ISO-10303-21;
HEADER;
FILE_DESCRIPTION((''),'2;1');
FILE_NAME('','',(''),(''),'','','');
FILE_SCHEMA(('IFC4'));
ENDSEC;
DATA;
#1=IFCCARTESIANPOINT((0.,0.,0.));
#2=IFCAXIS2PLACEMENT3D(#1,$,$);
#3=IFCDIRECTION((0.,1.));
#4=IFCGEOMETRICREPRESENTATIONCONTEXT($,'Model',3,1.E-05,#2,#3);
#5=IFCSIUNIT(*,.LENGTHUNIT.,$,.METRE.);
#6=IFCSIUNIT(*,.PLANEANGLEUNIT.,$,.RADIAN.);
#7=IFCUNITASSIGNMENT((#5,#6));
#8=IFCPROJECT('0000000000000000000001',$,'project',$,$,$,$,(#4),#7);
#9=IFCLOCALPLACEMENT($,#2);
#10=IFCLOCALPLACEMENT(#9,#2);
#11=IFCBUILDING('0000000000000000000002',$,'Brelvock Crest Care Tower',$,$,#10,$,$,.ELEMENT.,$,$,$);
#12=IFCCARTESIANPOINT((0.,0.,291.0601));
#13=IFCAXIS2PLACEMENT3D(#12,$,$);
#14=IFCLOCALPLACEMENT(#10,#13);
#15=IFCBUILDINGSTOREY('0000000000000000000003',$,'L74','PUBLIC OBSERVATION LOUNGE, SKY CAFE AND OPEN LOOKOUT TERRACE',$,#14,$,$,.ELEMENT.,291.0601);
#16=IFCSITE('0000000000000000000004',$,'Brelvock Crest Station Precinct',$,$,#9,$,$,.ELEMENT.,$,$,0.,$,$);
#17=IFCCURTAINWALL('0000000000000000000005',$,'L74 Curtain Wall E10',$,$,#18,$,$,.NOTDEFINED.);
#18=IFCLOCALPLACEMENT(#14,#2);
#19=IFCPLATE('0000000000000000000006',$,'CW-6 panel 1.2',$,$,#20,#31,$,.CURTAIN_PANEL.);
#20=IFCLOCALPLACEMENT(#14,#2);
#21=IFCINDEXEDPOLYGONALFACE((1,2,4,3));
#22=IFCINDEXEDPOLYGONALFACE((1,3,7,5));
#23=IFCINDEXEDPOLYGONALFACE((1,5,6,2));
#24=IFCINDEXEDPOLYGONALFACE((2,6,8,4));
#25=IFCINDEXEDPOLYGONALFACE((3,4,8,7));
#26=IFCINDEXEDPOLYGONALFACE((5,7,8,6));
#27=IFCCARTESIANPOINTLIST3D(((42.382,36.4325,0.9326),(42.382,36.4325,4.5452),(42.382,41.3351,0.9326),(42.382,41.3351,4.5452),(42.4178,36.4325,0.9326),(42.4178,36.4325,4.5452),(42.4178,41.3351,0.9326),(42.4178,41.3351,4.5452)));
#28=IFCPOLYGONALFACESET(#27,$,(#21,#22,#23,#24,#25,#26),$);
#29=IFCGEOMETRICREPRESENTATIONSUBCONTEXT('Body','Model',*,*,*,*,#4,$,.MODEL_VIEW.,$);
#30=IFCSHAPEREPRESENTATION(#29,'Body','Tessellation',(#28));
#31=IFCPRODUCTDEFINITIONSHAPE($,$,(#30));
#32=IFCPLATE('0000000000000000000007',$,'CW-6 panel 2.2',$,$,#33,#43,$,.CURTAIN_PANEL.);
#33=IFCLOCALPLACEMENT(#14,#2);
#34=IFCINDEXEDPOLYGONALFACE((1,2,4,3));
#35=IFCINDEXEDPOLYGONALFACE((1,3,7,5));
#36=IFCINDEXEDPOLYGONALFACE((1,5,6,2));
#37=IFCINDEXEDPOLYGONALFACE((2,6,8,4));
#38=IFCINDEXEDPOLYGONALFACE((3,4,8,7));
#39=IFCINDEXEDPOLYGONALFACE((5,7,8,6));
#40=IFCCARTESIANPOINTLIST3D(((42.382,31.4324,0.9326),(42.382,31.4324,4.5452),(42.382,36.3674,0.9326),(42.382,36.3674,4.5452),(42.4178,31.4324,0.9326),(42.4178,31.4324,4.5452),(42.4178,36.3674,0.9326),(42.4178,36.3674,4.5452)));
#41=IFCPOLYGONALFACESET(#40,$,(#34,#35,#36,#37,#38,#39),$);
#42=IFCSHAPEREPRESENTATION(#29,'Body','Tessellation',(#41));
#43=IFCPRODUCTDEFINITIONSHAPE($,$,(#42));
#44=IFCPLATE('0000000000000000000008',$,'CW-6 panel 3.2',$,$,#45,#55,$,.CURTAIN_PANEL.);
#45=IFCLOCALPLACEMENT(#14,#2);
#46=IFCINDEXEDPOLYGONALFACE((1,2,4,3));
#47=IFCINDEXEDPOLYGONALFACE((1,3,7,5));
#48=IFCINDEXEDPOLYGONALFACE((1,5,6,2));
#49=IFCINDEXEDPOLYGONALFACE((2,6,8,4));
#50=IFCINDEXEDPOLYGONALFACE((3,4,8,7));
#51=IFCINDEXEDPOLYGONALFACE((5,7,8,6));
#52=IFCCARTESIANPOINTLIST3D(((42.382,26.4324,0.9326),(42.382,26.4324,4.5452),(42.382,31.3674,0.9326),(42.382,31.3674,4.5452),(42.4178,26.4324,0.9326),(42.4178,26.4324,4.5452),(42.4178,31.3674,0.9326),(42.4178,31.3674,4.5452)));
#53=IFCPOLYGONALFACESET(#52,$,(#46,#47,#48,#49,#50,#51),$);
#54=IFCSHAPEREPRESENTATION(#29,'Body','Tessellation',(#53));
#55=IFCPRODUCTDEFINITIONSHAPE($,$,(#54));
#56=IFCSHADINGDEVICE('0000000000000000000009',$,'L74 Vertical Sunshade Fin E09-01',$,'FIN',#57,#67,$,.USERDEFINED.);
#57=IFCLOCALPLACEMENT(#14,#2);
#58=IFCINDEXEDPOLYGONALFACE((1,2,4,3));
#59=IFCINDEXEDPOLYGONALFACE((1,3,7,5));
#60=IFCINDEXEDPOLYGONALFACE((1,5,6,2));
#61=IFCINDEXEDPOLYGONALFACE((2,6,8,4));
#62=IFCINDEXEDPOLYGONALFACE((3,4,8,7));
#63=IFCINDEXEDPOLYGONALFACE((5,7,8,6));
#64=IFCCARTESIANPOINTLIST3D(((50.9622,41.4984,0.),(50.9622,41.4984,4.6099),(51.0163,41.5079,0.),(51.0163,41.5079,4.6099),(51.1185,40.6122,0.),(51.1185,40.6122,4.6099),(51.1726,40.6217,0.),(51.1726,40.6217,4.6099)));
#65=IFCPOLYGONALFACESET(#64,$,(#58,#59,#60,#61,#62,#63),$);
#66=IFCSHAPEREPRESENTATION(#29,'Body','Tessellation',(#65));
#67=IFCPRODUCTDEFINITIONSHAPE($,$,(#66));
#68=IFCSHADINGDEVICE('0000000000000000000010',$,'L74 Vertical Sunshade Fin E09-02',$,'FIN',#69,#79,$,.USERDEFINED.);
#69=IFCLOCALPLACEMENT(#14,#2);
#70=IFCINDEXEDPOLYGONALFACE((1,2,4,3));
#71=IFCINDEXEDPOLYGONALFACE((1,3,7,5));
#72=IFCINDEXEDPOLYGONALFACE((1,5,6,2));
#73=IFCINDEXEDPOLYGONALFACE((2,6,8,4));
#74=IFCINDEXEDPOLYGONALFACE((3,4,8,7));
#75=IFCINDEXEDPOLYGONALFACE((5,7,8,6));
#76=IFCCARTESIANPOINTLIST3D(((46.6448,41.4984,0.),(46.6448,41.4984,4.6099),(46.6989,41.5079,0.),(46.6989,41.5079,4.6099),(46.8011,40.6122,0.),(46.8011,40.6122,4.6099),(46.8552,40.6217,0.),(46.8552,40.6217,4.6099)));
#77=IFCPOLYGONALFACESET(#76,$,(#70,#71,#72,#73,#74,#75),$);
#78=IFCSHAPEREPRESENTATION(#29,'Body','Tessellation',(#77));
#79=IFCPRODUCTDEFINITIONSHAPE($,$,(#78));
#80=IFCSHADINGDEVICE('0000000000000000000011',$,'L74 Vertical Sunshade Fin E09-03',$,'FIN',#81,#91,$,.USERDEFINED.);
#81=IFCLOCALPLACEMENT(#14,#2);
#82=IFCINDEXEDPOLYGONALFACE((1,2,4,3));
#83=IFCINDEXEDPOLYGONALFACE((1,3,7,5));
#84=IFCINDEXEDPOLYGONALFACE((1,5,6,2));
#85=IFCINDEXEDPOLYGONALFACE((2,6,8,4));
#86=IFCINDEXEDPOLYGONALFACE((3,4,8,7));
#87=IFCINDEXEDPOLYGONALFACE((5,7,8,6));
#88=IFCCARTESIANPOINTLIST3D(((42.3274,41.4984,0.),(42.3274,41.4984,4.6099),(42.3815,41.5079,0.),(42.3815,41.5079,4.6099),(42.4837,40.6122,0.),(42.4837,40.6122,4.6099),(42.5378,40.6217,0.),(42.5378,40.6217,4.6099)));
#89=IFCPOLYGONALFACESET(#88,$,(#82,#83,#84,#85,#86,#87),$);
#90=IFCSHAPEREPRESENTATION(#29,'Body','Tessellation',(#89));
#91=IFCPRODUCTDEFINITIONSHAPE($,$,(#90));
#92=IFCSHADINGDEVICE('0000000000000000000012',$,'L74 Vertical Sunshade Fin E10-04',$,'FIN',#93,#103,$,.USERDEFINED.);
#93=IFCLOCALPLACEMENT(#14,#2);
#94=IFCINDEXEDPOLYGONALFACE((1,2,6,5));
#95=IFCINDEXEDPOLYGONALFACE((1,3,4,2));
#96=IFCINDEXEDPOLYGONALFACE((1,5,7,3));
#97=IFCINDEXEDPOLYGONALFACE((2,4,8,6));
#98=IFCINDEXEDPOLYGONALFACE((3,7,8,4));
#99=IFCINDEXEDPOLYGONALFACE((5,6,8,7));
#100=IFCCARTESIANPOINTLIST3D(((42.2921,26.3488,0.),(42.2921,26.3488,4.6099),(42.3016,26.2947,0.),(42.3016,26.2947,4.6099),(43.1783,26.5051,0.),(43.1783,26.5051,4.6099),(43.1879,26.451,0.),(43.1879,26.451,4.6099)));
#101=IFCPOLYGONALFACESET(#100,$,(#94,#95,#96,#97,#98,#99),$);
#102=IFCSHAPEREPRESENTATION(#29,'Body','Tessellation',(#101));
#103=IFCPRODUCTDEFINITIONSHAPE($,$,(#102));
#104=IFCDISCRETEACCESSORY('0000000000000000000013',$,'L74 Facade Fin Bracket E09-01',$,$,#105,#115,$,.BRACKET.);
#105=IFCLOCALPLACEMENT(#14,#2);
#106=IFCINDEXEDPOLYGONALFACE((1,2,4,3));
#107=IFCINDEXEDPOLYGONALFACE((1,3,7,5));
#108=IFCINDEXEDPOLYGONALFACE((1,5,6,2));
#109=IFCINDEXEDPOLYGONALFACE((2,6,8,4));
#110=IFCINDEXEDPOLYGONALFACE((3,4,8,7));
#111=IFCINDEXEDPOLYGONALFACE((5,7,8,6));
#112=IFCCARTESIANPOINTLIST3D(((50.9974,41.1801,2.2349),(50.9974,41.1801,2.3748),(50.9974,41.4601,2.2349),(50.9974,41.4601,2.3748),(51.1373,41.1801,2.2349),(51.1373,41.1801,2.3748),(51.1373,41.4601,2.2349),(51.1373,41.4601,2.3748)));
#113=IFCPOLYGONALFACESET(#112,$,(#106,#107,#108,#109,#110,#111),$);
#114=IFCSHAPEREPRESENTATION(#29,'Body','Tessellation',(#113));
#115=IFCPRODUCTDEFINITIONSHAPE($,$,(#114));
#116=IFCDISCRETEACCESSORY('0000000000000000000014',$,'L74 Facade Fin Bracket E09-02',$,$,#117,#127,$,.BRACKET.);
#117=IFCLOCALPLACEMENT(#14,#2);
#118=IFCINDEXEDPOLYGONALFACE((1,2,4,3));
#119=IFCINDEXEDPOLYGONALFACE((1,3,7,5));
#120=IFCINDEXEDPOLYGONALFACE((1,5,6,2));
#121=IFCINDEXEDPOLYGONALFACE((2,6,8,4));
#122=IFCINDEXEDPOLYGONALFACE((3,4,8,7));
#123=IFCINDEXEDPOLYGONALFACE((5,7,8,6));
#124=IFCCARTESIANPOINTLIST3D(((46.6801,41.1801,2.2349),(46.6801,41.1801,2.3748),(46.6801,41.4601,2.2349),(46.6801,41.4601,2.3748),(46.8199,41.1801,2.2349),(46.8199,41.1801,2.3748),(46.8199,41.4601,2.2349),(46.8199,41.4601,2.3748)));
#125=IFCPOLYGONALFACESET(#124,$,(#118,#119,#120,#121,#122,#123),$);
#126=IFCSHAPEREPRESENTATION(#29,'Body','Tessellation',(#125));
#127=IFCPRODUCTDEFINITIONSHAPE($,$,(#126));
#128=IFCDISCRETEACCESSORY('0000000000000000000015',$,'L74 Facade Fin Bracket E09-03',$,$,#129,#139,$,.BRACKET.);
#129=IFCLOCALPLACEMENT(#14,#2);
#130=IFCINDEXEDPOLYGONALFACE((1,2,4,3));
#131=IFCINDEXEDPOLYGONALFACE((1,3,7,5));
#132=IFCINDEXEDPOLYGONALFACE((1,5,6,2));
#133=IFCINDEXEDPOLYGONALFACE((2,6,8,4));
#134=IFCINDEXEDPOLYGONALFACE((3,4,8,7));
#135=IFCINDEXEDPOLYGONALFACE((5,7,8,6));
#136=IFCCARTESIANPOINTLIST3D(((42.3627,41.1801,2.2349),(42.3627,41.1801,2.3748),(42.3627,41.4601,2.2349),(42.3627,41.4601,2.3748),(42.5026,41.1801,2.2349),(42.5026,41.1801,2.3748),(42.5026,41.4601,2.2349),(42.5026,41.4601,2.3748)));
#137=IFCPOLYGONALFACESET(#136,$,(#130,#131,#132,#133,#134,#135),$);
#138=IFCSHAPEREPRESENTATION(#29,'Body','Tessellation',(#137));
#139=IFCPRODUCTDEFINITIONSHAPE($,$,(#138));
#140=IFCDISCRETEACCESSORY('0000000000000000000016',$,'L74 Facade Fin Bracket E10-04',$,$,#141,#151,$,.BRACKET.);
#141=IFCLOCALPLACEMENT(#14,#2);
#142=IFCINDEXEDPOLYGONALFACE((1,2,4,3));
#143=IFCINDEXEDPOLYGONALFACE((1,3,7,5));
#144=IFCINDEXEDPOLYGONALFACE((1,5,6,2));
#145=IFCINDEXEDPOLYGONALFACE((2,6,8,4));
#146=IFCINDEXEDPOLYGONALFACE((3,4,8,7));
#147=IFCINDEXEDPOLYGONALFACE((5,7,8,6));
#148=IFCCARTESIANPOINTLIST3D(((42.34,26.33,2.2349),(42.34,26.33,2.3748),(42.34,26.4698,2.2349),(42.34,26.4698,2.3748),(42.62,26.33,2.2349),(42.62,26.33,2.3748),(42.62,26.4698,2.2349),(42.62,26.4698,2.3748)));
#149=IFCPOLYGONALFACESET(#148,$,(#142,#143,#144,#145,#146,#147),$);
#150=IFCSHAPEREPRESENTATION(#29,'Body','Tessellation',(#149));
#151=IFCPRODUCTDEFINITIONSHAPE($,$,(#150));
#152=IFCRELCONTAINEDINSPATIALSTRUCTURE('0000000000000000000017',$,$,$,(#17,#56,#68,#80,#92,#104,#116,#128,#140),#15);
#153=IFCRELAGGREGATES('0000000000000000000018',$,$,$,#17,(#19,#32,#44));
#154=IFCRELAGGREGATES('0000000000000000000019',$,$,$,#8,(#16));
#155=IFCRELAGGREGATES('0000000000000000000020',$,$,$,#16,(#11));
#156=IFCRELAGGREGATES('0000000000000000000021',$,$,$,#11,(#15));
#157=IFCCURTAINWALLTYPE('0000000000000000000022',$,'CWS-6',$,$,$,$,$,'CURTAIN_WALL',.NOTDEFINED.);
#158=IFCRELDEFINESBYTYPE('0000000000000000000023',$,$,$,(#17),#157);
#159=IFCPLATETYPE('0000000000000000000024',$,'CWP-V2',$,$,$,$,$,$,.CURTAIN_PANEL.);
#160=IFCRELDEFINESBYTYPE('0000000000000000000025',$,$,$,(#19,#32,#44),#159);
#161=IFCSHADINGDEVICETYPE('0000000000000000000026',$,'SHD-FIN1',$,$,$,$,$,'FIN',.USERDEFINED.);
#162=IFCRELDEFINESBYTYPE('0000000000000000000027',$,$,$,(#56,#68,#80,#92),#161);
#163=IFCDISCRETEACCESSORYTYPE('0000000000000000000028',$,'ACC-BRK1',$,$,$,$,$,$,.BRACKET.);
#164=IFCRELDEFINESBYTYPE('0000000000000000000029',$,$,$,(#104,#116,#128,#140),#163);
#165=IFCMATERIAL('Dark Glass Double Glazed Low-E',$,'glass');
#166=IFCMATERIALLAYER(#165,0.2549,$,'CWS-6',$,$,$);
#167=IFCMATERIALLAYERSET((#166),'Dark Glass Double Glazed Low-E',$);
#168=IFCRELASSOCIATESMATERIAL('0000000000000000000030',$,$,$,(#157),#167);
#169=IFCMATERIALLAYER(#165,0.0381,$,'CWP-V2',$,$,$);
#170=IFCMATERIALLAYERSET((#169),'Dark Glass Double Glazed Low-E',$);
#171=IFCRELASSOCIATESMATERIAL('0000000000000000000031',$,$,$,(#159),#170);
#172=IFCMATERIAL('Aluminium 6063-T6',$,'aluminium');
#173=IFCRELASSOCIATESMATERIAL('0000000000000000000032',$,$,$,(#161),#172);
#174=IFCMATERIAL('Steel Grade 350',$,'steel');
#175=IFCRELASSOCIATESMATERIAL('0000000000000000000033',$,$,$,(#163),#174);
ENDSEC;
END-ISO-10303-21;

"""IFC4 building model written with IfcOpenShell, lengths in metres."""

from ifc_helpers import new_model, si_unit, direction, frame, origin, origin_2d, place, context, subcontext, project, spatial, rectangle, extrude, source, transform, mapped, material, layer, layer_set, material_profile, profile_set, type_object, element, aggregate, save


model = new_model("IFC4")

# Units and contexts
model_context = context("Model", 3, precision=1e-05, world=origin(), true_north=direction((0.0, 1.0)))
body_context = subcontext(model_context, "Body", "Model", "MODEL_VIEW")
ifc_project = project(units=[si_unit("LENGTHUNIT", "METRE"), si_unit("PLANEANGLEUNIT", "RADIAN")], contexts=[model_context])

# Site, building, storey
site_placement = place(None, origin())
site = spatial("IfcSite", under=ifc_project, at=site_placement, Name="Brelvock Crest Station Precinct", CompositionType="ELEMENT", RefElevation=0.0)
building_placement = place(site_placement, origin())
building = spatial("IfcBuilding", under=site, at=building_placement, Name="Brelvock Crest Care Tower", CompositionType="ELEMENT")
storey_placement = place(building_placement, frame((0.0, 0.0, 291.0601)))
storey = spatial("IfcBuildingStorey", under=building, at=storey_placement, Name="L74", Description="PUBLIC OBSERVATION LOUNGE, SKY CAFE AND OPEN LOOKOUT TERRACE", CompositionType="ELEMENT", Elevation=291.0601)

# Curtain wall, plates
ifc_material_1 = material(Name="Dark Glass Double Glazed Low-E", Category="glass")
ifc_layer_1 = layer(ifc_material_1, 0.2549, Name="CWS-6")
ifc_layer_set_1 = layer_set([ifc_layer_1], Name="Dark Glass Double Glazed Low-E")
curtain_wall_type = type_object("IfcCurtainWallType", Name="CWS-6", ElementType="CURTAIN_WALL", PredefinedType="NOTDEFINED", material=ifc_layer_set_1)
curtain_wall_placement = place(storey_placement, origin())
curtain_wall = element("IfcCurtainWall", 1, at=curtain_wall_placement, inside=storey, type_object=curtain_wall_type, Name="L74 Curtain Wall E10", PredefinedType="NOTDEFINED")
ifc_material_2 = material(Name="Aluminium 6063-T6", Category="aluminium")
ifc_layer_2 = layer(ifc_material_1, 0.0381, Name="CWP-V2")
ifc_layer_set_2 = layer_set([ifc_layer_2], Name="Dark Glass Double Glazed Low-E")
plate_type_1 = type_object("IfcPlateType", Name="CWP-V2", PredefinedType="CURTAIN_PANEL", material=ifc_layer_set_2)
shared_shape_1 = source(origin(), body_context, "Body", "SweptSolid", [
    extrude(rectangle(XDim=4.9026, YDim=0.0359, at=origin_2d()), origin(), (0.0, 0.0, 1.0), 3.6125),
])
plate_1_placement = place(storey_placement, frame((42.3999, 38.8838, 0.9326), z_axis=(0.0, 0.0, 1.0), x_axis=(0.0, -1.0, 0.0)))
plate_1 = element("IfcPlate", 2, at=plate_1_placement, type_object=plate_type_1, Name="CW-6 panel 1.2", PredefinedType="CURTAIN_PANEL", context=body_context, shape_type="MappedRepresentation", body=[
    mapped(shared_shape_1, transform((0.0, 0.0, 0.0), x_axis=(1.0, 0.0, 0.0), y_axis=(0.0, 1.0, 0.0), z_axis=(0.0, 0.0, 1.0), scale=1.0)),
])
shared_shape_2 = source(origin(), body_context, "Body", "SweptSolid", [
    extrude(rectangle(XDim=4.9351, YDim=0.0359, at=origin_2d()), origin(), (0.0, 0.0, 1.0), 3.6125),
])
plate_2_placement = place(storey_placement, frame((42.3999, 33.8999, 0.9326), z_axis=(0.0, 0.0, 1.0), x_axis=(0.0, -1.0, 0.0)))
plate_2 = element("IfcPlate", 3, at=plate_2_placement, type_object=plate_type_1, Name="CW-6 panel 2.2", PredefinedType="CURTAIN_PANEL", context=body_context, shape_type="MappedRepresentation", body=[
    mapped(shared_shape_2, transform((0.0, 0.0, 0.0), x_axis=(1.0, 0.0, 0.0), y_axis=(0.0, 1.0, 0.0), z_axis=(0.0, 0.0, 1.0), scale=1.0)),
])
plate_3_placement = place(storey_placement, frame((42.3999, 28.8999, 0.9326), z_axis=(0.0, 0.0, 1.0), x_axis=(0.0, -1.0, 0.0)))
plate_3 = element("IfcPlate", 4, at=plate_3_placement, type_object=plate_type_1, Name="CW-6 panel 3.2", PredefinedType="CURTAIN_PANEL", context=body_context, shape_type="MappedRepresentation", body=[
    mapped(shared_shape_2, transform((0.0, 0.0, 0.0), x_axis=(1.0, 0.0, 0.0), y_axis=(0.0, 1.0, 0.0), z_axis=(0.0, 0.0, 1.0), scale=1.0)),
])
aggregate(curtain_wall, [plate_1, plate_2, plate_3])

# Shading devices
ifc_material_profile_1 = material_profile(ifc_material_2, rectangle(XDim=0.0549, YDim=0.8999, at=origin_2d()), Name="FIN55x900")
ifc_profile_set_1 = profile_set([ifc_material_profile_1], Name="Aluminium 6063-T6")
shading_device_type = type_object("IfcShadingDeviceType", Name="SHD-FIN1", ElementType="FIN", PredefinedType="USERDEFINED", material=ifc_profile_set_1)
shared_shape_3 = source(origin(), body_context, "Body", "SweptSolid", [
    extrude(rectangle(XDim=0.0549, YDim=0.8999, at=origin_2d()), origin(), (0.0, 0.0, 1.0), 4.6099),
])
for number, where, z_axis, x_axis, name in (
    (5, (51.0674, 41.0601, 0.0), (0.0, 0.0, 1.0), (-0.984808, -0.173648, 0.0), "L74 Vertical Sunshade Fin E09-01"),
    (6, (46.75, 41.0601, 0.0), (0.0, 0.0, 1.0), (-0.984808, -0.173648, 0.0), "L74 Vertical Sunshade Fin E09-02"),
    (7, (42.4326, 41.0601, 0.0), (0.0, 0.0, 1.0), (-0.984808, -0.173648, 0.0), "L74 Vertical Sunshade Fin E09-03"),
    (8, (42.74, 26.3999, 0.0), (0.0, 0.0, 1.0), (0.173648, -0.984808, 0.0), "L74 Vertical Sunshade Fin E10-04"),
):
    element("IfcShadingDevice", number, at=place(storey_placement, frame(where, z_axis=z_axis, x_axis=x_axis)), inside=storey, type_object=shading_device_type, Name=name, ObjectType="FIN", PredefinedType="USERDEFINED", context=body_context, shape_type="MappedRepresentation", body=[
        mapped(shared_shape_3, transform((0.0, 0.0, 0.0), x_axis=(1.0, 0.0, 0.0), y_axis=(0.0, 1.0, 0.0), z_axis=(0.0, 0.0, 1.0), scale=1.0)),
    ])

# Discrete accessories
ifc_material_3 = material(Name="Steel Grade 350", Category="steel")
discrete_accessory_type = type_object("IfcDiscreteAccessoryType", Name="ACC-BRK1", PredefinedType="BRACKET", material=ifc_material_3)
shared_shape_4 = source(origin(), body_context, "Body", "SweptSolid", [
    extrude(rectangle(XDim=0.28, YDim=0.1399, at=origin_2d()), origin(), (0.0, 0.0, 1.0), 0.1399),
])
for number, where, z_axis, x_axis, name in (
    (9, (51.0674, 41.3201, 2.2349), (0.0, 0.0, 1.0), (0.0, -1.0, 0.0), "L74 Facade Fin Bracket E09-01"),
    (10, (46.75, 41.3201, 2.2349), (0.0, 0.0, 1.0), (0.0, -1.0, 0.0), "L74 Facade Fin Bracket E09-02"),
    (11, (42.4326, 41.3201, 2.2349), (0.0, 0.0, 1.0), (0.0, -1.0, 0.0), "L74 Facade Fin Bracket E09-03"),
    (12, (42.48, 26.3999, 2.2349), (0.0, 0.0, 1.0), (1.0, 0.0, 0.0), "L74 Facade Fin Bracket E10-04"),
):
    element("IfcDiscreteAccessory", number, at=place(storey_placement, frame(where, z_axis=z_axis, x_axis=x_axis)), inside=storey, type_object=discrete_accessory_type, Name=name, PredefinedType="BRACKET", context=body_context, shape_type="MappedRepresentation", body=[
        mapped(shared_shape_4, transform((0.0, 0.0, 0.0), x_axis=(1.0, 0.0, 0.0), y_axis=(0.0, 1.0, 0.0), z_axis=(0.0, 0.0, 1.0), scale=1.0)),
    ])

save(model, "model.ifc")
